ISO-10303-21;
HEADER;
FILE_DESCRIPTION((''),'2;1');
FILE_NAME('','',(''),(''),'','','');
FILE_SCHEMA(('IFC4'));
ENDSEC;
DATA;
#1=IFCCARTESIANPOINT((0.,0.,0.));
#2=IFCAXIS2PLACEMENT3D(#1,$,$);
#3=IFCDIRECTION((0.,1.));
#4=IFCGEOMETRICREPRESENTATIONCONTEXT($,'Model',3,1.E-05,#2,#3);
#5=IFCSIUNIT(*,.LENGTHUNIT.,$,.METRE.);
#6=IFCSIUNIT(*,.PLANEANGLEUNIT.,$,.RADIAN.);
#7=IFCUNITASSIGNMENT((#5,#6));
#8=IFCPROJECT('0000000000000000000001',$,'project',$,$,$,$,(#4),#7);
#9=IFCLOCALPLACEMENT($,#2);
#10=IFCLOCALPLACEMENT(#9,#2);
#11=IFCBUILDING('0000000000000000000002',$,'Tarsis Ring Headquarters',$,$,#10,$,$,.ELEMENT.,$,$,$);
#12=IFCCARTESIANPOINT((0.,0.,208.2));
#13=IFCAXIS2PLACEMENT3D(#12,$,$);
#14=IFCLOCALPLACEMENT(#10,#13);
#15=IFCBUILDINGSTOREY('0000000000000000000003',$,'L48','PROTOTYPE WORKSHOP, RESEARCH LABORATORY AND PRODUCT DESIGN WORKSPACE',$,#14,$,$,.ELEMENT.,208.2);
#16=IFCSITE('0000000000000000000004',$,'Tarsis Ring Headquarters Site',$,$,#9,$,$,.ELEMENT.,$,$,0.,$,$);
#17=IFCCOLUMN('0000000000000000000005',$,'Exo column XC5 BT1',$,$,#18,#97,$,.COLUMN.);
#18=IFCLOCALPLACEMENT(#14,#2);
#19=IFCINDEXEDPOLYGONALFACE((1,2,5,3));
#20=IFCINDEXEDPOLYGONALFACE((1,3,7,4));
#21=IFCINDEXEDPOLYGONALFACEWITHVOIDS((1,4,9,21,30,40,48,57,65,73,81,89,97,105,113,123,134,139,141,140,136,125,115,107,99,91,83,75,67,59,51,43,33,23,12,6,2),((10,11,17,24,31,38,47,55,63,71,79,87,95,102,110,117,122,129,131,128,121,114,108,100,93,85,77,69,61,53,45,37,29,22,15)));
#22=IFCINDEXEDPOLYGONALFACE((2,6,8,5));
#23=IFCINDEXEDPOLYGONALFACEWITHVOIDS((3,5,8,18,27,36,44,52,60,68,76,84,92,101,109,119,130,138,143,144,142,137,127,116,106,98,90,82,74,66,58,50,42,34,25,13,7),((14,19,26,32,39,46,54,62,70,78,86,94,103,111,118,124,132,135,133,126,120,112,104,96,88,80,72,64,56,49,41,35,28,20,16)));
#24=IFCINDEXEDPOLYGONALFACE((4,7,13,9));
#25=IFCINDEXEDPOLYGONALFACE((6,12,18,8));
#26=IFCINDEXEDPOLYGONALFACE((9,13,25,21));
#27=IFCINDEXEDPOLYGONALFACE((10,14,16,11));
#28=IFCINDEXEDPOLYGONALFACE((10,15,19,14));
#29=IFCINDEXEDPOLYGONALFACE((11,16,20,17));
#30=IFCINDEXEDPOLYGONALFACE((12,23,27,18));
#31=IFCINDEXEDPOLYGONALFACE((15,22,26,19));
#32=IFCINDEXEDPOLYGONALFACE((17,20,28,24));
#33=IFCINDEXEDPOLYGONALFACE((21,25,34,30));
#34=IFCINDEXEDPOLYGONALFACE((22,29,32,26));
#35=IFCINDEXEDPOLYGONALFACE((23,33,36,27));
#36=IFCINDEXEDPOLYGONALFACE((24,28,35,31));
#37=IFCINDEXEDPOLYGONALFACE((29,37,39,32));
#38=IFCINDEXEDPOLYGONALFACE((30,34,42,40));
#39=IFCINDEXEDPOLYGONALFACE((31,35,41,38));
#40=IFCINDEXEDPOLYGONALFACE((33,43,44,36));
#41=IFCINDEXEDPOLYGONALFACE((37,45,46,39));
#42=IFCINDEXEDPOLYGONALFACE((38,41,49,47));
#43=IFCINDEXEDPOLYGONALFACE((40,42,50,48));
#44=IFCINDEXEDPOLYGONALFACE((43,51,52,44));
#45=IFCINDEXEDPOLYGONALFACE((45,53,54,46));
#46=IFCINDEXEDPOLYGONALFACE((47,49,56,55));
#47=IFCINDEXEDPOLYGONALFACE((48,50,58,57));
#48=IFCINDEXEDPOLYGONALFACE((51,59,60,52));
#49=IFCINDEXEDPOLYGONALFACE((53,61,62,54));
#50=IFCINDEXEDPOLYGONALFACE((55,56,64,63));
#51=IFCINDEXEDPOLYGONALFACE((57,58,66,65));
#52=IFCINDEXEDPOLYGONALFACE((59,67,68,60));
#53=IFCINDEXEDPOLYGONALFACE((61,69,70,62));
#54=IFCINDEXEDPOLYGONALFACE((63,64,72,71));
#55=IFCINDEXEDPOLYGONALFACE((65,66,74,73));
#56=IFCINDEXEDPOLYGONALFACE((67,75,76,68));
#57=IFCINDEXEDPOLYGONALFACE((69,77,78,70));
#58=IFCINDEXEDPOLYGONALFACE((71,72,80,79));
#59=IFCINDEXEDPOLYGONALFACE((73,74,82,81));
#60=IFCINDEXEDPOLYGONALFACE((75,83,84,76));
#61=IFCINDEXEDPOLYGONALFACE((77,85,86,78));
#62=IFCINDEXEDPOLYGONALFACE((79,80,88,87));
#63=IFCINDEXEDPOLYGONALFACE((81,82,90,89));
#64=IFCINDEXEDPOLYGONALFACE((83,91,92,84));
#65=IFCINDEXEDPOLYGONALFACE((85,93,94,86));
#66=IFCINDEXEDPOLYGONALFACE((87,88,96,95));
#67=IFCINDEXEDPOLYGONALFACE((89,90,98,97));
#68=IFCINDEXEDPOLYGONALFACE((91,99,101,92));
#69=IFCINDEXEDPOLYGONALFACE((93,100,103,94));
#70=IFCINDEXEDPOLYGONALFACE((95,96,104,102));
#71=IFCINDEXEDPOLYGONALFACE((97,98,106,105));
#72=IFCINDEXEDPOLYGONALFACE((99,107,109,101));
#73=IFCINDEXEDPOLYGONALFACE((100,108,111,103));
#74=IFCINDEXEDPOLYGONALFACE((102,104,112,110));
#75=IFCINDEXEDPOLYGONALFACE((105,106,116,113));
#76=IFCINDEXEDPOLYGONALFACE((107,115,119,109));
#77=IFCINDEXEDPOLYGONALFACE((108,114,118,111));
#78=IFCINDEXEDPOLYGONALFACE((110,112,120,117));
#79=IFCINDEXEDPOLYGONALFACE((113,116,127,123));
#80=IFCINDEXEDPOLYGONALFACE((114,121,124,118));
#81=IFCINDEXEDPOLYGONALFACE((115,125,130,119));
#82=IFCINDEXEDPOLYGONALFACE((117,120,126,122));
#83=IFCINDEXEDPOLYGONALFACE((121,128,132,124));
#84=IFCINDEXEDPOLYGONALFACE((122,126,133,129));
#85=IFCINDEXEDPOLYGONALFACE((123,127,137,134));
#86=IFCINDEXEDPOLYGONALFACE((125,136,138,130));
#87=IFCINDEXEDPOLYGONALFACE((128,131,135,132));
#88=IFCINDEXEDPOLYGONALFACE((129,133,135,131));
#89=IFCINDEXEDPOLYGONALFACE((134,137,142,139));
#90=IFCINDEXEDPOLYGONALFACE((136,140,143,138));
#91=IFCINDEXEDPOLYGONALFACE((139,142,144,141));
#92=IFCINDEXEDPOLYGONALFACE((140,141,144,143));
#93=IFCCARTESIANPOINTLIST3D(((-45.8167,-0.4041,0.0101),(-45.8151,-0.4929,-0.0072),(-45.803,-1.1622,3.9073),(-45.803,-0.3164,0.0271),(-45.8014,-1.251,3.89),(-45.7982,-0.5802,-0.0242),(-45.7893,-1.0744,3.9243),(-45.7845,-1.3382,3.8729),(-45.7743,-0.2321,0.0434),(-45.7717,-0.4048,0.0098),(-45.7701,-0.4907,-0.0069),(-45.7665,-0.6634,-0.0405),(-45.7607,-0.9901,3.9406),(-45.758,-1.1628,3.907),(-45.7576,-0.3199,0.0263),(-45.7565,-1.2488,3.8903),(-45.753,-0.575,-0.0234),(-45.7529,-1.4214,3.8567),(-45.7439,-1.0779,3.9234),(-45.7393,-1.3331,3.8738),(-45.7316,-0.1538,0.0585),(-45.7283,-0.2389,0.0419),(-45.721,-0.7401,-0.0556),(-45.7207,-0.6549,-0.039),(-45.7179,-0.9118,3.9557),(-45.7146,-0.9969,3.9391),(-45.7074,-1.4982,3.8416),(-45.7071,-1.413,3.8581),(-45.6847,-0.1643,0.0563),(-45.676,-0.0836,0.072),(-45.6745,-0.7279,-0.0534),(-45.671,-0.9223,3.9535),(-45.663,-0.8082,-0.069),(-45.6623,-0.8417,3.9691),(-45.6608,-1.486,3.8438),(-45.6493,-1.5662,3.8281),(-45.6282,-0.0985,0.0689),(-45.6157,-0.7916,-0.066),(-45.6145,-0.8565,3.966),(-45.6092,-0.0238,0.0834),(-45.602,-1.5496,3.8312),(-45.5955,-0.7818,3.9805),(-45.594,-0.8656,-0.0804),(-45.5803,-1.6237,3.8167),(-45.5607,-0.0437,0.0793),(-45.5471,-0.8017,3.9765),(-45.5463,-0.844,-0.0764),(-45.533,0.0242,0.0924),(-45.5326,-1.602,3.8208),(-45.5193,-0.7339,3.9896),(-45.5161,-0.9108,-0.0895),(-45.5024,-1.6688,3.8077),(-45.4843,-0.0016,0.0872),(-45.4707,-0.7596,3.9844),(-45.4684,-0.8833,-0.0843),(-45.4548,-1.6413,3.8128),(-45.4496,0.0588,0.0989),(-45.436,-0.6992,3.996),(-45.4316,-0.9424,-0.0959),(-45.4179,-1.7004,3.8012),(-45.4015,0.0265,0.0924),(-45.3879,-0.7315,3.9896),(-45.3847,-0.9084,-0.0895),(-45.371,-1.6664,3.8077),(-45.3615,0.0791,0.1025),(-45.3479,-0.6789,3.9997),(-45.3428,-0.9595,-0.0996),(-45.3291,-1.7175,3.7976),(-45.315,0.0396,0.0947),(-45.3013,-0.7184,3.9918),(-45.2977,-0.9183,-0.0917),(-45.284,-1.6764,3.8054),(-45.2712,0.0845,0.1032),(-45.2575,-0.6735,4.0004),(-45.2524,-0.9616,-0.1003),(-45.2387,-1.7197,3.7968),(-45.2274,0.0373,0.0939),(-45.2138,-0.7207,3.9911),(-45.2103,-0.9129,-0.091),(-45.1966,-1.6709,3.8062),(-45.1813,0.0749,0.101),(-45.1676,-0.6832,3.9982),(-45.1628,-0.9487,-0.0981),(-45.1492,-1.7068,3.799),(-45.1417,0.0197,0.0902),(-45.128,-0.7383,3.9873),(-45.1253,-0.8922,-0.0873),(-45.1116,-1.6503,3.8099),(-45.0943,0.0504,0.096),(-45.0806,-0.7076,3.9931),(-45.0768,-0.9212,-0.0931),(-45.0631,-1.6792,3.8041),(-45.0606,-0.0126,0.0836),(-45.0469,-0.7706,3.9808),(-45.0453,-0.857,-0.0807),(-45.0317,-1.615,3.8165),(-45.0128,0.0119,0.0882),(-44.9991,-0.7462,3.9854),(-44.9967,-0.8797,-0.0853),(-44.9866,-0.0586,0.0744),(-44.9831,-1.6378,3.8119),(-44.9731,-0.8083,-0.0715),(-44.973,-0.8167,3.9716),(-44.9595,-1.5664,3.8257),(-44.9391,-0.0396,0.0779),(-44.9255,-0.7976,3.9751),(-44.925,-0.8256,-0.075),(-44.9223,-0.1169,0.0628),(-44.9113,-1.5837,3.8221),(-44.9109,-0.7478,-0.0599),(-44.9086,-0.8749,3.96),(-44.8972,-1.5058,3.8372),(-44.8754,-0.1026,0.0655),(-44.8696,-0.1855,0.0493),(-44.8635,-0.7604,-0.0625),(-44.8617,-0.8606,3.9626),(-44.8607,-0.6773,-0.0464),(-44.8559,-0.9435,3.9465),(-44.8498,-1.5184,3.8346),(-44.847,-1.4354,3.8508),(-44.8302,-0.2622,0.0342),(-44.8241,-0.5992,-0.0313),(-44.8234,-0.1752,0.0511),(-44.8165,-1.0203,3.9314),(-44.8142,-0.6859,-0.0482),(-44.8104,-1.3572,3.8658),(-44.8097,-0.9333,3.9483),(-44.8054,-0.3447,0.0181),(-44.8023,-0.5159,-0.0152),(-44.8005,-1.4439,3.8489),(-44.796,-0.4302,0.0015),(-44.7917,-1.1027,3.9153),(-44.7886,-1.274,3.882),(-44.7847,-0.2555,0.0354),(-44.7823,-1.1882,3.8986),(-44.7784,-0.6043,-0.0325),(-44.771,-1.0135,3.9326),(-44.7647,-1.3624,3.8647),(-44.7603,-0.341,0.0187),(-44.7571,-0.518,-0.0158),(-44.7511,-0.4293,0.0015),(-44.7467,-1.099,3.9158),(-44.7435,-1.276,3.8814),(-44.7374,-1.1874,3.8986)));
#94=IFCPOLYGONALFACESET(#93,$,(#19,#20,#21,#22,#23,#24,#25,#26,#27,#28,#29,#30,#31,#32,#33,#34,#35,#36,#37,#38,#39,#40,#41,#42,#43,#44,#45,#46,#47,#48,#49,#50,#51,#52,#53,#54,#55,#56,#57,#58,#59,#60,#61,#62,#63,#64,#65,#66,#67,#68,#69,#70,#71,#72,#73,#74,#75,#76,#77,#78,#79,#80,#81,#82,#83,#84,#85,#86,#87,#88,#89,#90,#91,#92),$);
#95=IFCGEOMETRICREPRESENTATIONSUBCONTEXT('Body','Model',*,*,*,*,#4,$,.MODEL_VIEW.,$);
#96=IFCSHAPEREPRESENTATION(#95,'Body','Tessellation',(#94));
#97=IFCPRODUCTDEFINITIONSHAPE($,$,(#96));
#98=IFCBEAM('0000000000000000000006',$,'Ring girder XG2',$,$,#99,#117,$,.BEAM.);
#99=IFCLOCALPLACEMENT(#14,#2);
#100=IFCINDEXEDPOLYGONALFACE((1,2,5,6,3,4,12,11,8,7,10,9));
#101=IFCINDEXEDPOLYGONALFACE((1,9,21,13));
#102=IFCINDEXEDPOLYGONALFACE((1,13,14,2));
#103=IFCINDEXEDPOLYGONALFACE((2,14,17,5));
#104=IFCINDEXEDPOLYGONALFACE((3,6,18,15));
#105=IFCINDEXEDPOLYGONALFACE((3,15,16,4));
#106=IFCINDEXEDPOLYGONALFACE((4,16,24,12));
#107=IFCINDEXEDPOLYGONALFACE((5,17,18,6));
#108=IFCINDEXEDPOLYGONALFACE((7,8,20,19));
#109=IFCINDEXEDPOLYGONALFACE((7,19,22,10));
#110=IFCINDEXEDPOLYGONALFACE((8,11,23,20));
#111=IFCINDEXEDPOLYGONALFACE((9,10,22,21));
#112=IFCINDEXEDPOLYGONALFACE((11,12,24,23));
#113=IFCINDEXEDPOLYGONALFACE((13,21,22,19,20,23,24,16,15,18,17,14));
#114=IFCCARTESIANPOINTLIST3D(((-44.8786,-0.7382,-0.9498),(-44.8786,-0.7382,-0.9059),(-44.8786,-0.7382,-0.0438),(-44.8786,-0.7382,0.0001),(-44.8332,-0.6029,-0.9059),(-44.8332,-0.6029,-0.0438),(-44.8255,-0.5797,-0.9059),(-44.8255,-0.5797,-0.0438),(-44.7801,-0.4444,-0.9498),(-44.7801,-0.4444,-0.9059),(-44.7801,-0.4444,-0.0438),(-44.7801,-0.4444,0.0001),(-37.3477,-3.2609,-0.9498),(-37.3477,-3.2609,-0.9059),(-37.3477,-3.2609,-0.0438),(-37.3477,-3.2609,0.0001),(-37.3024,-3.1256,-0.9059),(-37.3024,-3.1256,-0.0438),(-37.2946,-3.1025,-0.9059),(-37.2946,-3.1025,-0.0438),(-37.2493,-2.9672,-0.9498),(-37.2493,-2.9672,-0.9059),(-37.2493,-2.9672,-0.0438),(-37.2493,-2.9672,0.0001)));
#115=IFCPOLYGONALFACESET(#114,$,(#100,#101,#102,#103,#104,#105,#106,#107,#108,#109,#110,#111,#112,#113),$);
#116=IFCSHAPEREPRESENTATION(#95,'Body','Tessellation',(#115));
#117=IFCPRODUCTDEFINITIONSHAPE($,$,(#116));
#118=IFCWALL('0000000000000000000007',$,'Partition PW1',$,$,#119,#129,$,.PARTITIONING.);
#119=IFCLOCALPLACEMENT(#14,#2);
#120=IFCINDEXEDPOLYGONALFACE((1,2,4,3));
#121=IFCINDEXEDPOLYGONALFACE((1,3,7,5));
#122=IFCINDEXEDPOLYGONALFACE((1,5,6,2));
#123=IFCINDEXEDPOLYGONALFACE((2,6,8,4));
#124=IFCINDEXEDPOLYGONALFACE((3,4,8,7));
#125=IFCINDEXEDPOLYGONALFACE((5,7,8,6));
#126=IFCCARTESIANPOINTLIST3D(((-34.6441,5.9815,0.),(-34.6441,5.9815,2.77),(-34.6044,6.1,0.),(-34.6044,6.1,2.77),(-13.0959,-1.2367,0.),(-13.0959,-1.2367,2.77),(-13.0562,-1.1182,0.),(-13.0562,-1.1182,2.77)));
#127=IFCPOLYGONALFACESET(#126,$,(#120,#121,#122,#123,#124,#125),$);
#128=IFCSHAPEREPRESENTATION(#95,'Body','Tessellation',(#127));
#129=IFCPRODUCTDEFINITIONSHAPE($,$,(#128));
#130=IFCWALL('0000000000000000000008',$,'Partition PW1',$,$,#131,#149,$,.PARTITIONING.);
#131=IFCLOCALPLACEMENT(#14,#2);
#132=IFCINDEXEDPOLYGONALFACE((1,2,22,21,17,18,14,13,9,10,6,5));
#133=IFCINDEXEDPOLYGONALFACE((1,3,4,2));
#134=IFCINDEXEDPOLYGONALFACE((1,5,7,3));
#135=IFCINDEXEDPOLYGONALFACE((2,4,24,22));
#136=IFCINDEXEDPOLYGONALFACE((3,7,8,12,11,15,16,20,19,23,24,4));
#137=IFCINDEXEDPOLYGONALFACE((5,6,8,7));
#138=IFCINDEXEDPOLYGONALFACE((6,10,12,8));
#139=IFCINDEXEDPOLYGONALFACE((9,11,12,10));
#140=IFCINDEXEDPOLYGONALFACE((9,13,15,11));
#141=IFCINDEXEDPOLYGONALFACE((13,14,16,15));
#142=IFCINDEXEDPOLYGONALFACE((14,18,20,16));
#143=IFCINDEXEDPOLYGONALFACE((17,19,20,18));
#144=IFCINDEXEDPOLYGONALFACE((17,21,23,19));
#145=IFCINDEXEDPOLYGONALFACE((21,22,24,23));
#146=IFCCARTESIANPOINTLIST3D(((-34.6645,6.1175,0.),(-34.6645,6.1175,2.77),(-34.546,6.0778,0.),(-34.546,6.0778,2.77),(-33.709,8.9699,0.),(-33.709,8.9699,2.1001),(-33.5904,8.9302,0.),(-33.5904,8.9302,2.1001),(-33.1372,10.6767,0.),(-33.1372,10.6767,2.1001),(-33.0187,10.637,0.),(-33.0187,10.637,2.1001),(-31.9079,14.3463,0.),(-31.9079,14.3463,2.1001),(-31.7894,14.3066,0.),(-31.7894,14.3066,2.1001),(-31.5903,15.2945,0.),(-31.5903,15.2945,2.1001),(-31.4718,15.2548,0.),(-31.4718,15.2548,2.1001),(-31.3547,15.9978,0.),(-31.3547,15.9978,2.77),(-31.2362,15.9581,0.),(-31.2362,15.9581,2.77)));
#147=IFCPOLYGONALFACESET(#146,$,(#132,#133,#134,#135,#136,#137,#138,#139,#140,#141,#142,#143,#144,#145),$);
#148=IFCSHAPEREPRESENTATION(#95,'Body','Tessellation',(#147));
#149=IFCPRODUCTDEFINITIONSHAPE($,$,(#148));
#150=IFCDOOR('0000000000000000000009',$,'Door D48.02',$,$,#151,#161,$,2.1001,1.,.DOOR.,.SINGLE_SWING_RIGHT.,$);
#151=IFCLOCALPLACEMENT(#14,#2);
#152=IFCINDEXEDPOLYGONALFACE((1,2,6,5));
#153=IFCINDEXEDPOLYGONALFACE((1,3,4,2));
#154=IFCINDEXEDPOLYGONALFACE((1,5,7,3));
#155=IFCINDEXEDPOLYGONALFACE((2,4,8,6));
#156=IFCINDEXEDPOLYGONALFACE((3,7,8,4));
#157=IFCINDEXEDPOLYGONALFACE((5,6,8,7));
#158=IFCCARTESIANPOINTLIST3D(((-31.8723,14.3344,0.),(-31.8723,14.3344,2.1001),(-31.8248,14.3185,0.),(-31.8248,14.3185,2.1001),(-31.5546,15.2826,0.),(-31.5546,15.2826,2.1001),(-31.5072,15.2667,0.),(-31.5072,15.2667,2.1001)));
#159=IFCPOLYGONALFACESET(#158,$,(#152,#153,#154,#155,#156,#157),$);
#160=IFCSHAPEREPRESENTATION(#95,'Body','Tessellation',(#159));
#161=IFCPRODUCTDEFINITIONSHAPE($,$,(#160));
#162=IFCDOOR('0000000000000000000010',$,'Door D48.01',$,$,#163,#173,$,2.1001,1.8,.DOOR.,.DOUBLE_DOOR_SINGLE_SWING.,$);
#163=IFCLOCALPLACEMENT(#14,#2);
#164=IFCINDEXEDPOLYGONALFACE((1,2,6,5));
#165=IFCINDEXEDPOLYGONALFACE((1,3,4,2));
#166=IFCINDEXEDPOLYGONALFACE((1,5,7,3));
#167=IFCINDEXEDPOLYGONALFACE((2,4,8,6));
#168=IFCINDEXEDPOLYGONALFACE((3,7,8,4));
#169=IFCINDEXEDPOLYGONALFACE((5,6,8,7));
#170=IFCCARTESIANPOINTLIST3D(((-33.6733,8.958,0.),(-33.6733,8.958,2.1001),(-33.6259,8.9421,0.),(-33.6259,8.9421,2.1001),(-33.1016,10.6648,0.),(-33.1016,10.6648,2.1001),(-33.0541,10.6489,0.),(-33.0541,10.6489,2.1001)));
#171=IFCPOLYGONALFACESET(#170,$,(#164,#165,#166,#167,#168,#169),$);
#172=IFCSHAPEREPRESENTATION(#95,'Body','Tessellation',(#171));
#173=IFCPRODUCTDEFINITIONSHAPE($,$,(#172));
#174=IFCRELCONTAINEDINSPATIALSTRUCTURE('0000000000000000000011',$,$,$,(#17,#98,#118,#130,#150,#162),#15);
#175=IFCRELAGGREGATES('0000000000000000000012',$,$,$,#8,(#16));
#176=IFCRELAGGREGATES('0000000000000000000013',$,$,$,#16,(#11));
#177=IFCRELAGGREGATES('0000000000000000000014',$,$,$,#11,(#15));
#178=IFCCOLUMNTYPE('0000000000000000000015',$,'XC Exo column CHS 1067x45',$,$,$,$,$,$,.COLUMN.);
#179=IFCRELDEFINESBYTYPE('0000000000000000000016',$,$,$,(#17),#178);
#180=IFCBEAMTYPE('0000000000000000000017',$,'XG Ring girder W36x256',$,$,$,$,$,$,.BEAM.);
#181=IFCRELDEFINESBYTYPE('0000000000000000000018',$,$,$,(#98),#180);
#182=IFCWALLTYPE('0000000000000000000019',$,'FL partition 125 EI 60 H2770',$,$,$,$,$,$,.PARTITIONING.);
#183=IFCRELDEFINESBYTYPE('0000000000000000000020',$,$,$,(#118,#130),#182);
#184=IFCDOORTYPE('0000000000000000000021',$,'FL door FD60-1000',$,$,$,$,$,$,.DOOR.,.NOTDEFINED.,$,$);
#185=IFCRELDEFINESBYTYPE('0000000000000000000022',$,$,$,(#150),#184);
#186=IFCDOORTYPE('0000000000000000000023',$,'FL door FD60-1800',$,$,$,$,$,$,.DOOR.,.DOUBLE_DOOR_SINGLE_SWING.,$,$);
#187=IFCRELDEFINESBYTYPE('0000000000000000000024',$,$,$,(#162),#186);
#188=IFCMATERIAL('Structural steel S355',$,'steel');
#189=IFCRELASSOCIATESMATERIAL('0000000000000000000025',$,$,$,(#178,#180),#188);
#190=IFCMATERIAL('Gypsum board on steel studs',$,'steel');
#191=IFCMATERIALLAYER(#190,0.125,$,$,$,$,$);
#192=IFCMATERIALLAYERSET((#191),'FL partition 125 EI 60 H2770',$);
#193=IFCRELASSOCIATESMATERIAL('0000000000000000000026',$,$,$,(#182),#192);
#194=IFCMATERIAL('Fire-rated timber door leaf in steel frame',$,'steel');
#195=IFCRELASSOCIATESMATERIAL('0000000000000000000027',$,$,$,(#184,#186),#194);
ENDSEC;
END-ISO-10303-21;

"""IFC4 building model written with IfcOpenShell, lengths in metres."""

from ifc_helpers import new_model, si_unit, direction, frame, frame_2d, origin, origin_2d, place, context, subcontext, project, spatial, rectangle, hollow_circle, i_section, extrude, material, layer, layer_set, material_profile, profile_set, type_object, element, fill, save


model = new_model("IFC4")

# Units and contexts
model_context = context("Model", 3, precision=1e-05, world=origin(), true_north=direction((0.0, 1.0)))
body_context = subcontext(model_context, "Body", "Model", "MODEL_VIEW")
ifc_project = project(units=[si_unit("LENGTHUNIT", "METRE"), si_unit("PLANEANGLEUNIT", "RADIAN")], contexts=[model_context])

# Site, building, storey
site_placement = place(None, origin())
site = spatial("IfcSite", under=ifc_project, at=site_placement, Name="Tarsis Ring Headquarters Site", CompositionType="ELEMENT", RefElevation=0.0)
building_placement = place(site_placement, origin())
building = spatial("IfcBuilding", under=site, at=building_placement, Name="Tarsis Ring Headquarters", CompositionType="ELEMENT")
storey_placement = place(building_placement, frame((0.0, 0.0, 208.2)))
storey = spatial("IfcBuildingStorey", under=building, at=storey_placement, Name="L48", Description="PROTOTYPE WORKSHOP, RESEARCH LABORATORY AND PRODUCT DESIGN WORKSPACE", CompositionType="ELEMENT", Elevation=208.2)

# Column
ifc_material_1 = material(Name="Structural steel S355", Category="steel")
ifc_material_profile_1 = material_profile(ifc_material_1, hollow_circle(Radius=0.5334, WallThickness=0.0449, at=origin_2d()), Name="CHS 1067x45")
ifc_profile_set_1 = profile_set([ifc_material_profile_1], Name="Structural steel S355")
column_type = type_object("IfcColumnType", Name="XC Exo column CHS 1067x45", PredefinedType="COLUMN", material=ifc_profile_set_1)
column_placement = place(storey_placement, frame((-45.2844, -0.439, 0.0015), z_axis=(0.003444, -0.190933, 0.981597), x_axis=(0.999837, 0.018032, 0.0)))
element("IfcColumn", 1, at=column_placement, inside=storey, type_object=column_type, Name="Exo column XC5 BT1", PredefinedType="COLUMN", context=body_context, shape_type="SweptSolid", body=[
    extrude(hollow_circle(Radius=0.5334, WallThickness=0.0449, at=origin_2d()), origin(), (0.0, 0.0, 1.0), 3.9702),
])

# Beam
ifc_material_profile_2 = material_profile(ifc_material_1, i_section(OverallWidth=0.3098, OverallDepth=0.95, WebThickness=0.0244, FlangeThickness=0.0439, at=origin_2d()), Name="W36x256")
ifc_profile_set_2 = profile_set([ifc_material_profile_2], Name="Structural steel S355")
beam_type = type_object("IfcBeamType", Name="XG Ring girder W36x256", PredefinedType="BEAM", material=ifc_profile_set_2)
beam_placement = place(storey_placement, frame((-44.8293, -0.5913, -0.4749), z_axis=(0.948212, -0.317638, 0.0), x_axis=(0.317638, 0.948212, 0.0)))
element("IfcBeam", 2, at=beam_placement, inside=storey, type_object=beam_type, Name="Ring girder XG2", PredefinedType="BEAM", context=body_context, shape_type="SweptSolid", body=[
    extrude(i_section(OverallWidth=0.3098, OverallDepth=0.95, WebThickness=0.0244, FlangeThickness=0.0439, at=origin_2d()), origin(), (0.0, 0.0, 1.0), 7.9421),
])

# Wall
ifc_material_2 = material(Name="Gypsum board on steel studs", Category="steel")
ifc_layer_1 = layer(ifc_material_2, 0.125)
ifc_layer_set_1 = layer_set([ifc_layer_1], Name="FL partition 125 EI 60 H2770")
wall_type_1 = type_object("IfcWallType", Name="FL partition 125 EI 60 H2770", PredefinedType="PARTITIONING", material=ifc_layer_set_1)
wall_1_placement = place(storey_placement, frame((-34.6243, 6.0408, 0.0), z_axis=(0.0, 0.0, 1.0), x_axis=(0.948214, -0.317633, 0.0)))
element("IfcWall", 3, at=wall_1_placement, inside=storey, type_object=wall_type_1, Name="Partition PW1", PredefinedType="PARTITIONING", context=body_context, shape_type="SweptSolid", body=[
    extrude(rectangle(XDim=22.7251, YDim=0.125, at=frame_2d((11.3625, 0.0))), origin(), (0.0, 0.0, 1.0), 2.77),
])

# Wall, openings, doors
wall_2_placement = place(storey_placement, frame((-34.6052, 6.0977, 0.0), z_axis=(0.0, 0.0, 1.0), x_axis=(0.31764, 0.948211, 0.0)))
wall_2 = element("IfcWall", 4, at=wall_2_placement, inside=storey, type_object=wall_type_1, Name="Partition PW1", PredefinedType="PARTITIONING", context=body_context, shape_type="SweptSolid", body=[
    extrude(rectangle(XDim=10.4199, YDim=0.125, at=frame_2d((5.21, 0.0))), origin(), (0.0, 0.0, 1.0), 2.77),
])
opening_1_placement = place(wall_2_placement, frame((3.0083, 0.0, 0.0)))
opening_1 = element("IfcOpeningElement", 5, at=opening_1_placement, cuts=wall_2, PredefinedType="OPENING", context=body_context, shape_type="SweptSolid", body=[
    extrude(rectangle(XDim=1.8, YDim=2.1001, at=frame_2d((0.8999, 1.05))), frame((0.0, 0.0725, 0.0), z_axis=(0.0, -1.0, 0.0), x_axis=(1.0, 0.0, 0.0)), (0.0, 0.0, 1.0), 0.145),
])
opening_2_placement = place(wall_2_placement, frame((8.6782, 0.0, 0.0)))
opening_2 = element("IfcOpeningElement", 6, at=opening_2_placement, cuts=wall_2, PredefinedType="OPENING", context=body_context, shape_type="SweptSolid", body=[
    extrude(rectangle(XDim=1.0, YDim=2.1001, at=frame_2d((0.5, 1.05))), frame((0.0, 0.0725, 0.0), z_axis=(0.0, -1.0, 0.0), x_axis=(1.0, 0.0, 0.0)), (0.0, 0.0, 1.0), 0.145),
])
ifc_material_3 = material(Name="Fire-rated timber door leaf in steel frame", Category="steel")
door_type_1 = type_object("IfcDoorType", Name="FL door FD60-1000", OperationType="NOTDEFINED", PredefinedType="DOOR", material=ifc_material_3)
door_1_placement = place(opening_2_placement, origin())
door_1 = element("IfcDoor", 7, at=door_1_placement, inside=storey, type_object=door_type_1, Name="Door D48.02", OperationType="SINGLE_SWING_RIGHT", OverallHeight=2.1001, OverallWidth=1.0, PredefinedType="DOOR", context=body_context, shape_type="SweptSolid", body=[
    extrude(rectangle(XDim=1.0, YDim=2.1001, at=frame_2d((0.5, 1.05))), frame((0.0, 0.0249, 0.0), z_axis=(0.0, -1.0, 0.0), x_axis=(1.0, 0.0, 0.0)), (0.0, 0.0, 1.0), 0.05),
])
fill(opening_2, door_1)
door_type_2 = type_object("IfcDoorType", Name="FL door FD60-1800", OperationType="DOUBLE_DOOR_SINGLE_SWING", PredefinedType="DOOR", material=ifc_material_3)
door_2_placement = place(opening_1_placement, origin())
door_2 = element("IfcDoor", 8, at=door_2_placement, inside=storey, type_object=door_type_2, Name="Door D48.01", OperationType="DOUBLE_DOOR_SINGLE_SWING", OverallHeight=2.1001, OverallWidth=1.8, PredefinedType="DOOR", context=body_context, shape_type="SweptSolid", body=[
    extrude(rectangle(XDim=1.8, YDim=2.1001, at=frame_2d((0.8999, 1.05))), frame((0.0, 0.0249, 0.0), z_axis=(0.0, -1.0, 0.0), x_axis=(1.0, 0.0, 0.0)), (0.0, 0.0, 1.0), 0.05),
])
fill(opening_1, door_2)

save(model, "model.ifc")
